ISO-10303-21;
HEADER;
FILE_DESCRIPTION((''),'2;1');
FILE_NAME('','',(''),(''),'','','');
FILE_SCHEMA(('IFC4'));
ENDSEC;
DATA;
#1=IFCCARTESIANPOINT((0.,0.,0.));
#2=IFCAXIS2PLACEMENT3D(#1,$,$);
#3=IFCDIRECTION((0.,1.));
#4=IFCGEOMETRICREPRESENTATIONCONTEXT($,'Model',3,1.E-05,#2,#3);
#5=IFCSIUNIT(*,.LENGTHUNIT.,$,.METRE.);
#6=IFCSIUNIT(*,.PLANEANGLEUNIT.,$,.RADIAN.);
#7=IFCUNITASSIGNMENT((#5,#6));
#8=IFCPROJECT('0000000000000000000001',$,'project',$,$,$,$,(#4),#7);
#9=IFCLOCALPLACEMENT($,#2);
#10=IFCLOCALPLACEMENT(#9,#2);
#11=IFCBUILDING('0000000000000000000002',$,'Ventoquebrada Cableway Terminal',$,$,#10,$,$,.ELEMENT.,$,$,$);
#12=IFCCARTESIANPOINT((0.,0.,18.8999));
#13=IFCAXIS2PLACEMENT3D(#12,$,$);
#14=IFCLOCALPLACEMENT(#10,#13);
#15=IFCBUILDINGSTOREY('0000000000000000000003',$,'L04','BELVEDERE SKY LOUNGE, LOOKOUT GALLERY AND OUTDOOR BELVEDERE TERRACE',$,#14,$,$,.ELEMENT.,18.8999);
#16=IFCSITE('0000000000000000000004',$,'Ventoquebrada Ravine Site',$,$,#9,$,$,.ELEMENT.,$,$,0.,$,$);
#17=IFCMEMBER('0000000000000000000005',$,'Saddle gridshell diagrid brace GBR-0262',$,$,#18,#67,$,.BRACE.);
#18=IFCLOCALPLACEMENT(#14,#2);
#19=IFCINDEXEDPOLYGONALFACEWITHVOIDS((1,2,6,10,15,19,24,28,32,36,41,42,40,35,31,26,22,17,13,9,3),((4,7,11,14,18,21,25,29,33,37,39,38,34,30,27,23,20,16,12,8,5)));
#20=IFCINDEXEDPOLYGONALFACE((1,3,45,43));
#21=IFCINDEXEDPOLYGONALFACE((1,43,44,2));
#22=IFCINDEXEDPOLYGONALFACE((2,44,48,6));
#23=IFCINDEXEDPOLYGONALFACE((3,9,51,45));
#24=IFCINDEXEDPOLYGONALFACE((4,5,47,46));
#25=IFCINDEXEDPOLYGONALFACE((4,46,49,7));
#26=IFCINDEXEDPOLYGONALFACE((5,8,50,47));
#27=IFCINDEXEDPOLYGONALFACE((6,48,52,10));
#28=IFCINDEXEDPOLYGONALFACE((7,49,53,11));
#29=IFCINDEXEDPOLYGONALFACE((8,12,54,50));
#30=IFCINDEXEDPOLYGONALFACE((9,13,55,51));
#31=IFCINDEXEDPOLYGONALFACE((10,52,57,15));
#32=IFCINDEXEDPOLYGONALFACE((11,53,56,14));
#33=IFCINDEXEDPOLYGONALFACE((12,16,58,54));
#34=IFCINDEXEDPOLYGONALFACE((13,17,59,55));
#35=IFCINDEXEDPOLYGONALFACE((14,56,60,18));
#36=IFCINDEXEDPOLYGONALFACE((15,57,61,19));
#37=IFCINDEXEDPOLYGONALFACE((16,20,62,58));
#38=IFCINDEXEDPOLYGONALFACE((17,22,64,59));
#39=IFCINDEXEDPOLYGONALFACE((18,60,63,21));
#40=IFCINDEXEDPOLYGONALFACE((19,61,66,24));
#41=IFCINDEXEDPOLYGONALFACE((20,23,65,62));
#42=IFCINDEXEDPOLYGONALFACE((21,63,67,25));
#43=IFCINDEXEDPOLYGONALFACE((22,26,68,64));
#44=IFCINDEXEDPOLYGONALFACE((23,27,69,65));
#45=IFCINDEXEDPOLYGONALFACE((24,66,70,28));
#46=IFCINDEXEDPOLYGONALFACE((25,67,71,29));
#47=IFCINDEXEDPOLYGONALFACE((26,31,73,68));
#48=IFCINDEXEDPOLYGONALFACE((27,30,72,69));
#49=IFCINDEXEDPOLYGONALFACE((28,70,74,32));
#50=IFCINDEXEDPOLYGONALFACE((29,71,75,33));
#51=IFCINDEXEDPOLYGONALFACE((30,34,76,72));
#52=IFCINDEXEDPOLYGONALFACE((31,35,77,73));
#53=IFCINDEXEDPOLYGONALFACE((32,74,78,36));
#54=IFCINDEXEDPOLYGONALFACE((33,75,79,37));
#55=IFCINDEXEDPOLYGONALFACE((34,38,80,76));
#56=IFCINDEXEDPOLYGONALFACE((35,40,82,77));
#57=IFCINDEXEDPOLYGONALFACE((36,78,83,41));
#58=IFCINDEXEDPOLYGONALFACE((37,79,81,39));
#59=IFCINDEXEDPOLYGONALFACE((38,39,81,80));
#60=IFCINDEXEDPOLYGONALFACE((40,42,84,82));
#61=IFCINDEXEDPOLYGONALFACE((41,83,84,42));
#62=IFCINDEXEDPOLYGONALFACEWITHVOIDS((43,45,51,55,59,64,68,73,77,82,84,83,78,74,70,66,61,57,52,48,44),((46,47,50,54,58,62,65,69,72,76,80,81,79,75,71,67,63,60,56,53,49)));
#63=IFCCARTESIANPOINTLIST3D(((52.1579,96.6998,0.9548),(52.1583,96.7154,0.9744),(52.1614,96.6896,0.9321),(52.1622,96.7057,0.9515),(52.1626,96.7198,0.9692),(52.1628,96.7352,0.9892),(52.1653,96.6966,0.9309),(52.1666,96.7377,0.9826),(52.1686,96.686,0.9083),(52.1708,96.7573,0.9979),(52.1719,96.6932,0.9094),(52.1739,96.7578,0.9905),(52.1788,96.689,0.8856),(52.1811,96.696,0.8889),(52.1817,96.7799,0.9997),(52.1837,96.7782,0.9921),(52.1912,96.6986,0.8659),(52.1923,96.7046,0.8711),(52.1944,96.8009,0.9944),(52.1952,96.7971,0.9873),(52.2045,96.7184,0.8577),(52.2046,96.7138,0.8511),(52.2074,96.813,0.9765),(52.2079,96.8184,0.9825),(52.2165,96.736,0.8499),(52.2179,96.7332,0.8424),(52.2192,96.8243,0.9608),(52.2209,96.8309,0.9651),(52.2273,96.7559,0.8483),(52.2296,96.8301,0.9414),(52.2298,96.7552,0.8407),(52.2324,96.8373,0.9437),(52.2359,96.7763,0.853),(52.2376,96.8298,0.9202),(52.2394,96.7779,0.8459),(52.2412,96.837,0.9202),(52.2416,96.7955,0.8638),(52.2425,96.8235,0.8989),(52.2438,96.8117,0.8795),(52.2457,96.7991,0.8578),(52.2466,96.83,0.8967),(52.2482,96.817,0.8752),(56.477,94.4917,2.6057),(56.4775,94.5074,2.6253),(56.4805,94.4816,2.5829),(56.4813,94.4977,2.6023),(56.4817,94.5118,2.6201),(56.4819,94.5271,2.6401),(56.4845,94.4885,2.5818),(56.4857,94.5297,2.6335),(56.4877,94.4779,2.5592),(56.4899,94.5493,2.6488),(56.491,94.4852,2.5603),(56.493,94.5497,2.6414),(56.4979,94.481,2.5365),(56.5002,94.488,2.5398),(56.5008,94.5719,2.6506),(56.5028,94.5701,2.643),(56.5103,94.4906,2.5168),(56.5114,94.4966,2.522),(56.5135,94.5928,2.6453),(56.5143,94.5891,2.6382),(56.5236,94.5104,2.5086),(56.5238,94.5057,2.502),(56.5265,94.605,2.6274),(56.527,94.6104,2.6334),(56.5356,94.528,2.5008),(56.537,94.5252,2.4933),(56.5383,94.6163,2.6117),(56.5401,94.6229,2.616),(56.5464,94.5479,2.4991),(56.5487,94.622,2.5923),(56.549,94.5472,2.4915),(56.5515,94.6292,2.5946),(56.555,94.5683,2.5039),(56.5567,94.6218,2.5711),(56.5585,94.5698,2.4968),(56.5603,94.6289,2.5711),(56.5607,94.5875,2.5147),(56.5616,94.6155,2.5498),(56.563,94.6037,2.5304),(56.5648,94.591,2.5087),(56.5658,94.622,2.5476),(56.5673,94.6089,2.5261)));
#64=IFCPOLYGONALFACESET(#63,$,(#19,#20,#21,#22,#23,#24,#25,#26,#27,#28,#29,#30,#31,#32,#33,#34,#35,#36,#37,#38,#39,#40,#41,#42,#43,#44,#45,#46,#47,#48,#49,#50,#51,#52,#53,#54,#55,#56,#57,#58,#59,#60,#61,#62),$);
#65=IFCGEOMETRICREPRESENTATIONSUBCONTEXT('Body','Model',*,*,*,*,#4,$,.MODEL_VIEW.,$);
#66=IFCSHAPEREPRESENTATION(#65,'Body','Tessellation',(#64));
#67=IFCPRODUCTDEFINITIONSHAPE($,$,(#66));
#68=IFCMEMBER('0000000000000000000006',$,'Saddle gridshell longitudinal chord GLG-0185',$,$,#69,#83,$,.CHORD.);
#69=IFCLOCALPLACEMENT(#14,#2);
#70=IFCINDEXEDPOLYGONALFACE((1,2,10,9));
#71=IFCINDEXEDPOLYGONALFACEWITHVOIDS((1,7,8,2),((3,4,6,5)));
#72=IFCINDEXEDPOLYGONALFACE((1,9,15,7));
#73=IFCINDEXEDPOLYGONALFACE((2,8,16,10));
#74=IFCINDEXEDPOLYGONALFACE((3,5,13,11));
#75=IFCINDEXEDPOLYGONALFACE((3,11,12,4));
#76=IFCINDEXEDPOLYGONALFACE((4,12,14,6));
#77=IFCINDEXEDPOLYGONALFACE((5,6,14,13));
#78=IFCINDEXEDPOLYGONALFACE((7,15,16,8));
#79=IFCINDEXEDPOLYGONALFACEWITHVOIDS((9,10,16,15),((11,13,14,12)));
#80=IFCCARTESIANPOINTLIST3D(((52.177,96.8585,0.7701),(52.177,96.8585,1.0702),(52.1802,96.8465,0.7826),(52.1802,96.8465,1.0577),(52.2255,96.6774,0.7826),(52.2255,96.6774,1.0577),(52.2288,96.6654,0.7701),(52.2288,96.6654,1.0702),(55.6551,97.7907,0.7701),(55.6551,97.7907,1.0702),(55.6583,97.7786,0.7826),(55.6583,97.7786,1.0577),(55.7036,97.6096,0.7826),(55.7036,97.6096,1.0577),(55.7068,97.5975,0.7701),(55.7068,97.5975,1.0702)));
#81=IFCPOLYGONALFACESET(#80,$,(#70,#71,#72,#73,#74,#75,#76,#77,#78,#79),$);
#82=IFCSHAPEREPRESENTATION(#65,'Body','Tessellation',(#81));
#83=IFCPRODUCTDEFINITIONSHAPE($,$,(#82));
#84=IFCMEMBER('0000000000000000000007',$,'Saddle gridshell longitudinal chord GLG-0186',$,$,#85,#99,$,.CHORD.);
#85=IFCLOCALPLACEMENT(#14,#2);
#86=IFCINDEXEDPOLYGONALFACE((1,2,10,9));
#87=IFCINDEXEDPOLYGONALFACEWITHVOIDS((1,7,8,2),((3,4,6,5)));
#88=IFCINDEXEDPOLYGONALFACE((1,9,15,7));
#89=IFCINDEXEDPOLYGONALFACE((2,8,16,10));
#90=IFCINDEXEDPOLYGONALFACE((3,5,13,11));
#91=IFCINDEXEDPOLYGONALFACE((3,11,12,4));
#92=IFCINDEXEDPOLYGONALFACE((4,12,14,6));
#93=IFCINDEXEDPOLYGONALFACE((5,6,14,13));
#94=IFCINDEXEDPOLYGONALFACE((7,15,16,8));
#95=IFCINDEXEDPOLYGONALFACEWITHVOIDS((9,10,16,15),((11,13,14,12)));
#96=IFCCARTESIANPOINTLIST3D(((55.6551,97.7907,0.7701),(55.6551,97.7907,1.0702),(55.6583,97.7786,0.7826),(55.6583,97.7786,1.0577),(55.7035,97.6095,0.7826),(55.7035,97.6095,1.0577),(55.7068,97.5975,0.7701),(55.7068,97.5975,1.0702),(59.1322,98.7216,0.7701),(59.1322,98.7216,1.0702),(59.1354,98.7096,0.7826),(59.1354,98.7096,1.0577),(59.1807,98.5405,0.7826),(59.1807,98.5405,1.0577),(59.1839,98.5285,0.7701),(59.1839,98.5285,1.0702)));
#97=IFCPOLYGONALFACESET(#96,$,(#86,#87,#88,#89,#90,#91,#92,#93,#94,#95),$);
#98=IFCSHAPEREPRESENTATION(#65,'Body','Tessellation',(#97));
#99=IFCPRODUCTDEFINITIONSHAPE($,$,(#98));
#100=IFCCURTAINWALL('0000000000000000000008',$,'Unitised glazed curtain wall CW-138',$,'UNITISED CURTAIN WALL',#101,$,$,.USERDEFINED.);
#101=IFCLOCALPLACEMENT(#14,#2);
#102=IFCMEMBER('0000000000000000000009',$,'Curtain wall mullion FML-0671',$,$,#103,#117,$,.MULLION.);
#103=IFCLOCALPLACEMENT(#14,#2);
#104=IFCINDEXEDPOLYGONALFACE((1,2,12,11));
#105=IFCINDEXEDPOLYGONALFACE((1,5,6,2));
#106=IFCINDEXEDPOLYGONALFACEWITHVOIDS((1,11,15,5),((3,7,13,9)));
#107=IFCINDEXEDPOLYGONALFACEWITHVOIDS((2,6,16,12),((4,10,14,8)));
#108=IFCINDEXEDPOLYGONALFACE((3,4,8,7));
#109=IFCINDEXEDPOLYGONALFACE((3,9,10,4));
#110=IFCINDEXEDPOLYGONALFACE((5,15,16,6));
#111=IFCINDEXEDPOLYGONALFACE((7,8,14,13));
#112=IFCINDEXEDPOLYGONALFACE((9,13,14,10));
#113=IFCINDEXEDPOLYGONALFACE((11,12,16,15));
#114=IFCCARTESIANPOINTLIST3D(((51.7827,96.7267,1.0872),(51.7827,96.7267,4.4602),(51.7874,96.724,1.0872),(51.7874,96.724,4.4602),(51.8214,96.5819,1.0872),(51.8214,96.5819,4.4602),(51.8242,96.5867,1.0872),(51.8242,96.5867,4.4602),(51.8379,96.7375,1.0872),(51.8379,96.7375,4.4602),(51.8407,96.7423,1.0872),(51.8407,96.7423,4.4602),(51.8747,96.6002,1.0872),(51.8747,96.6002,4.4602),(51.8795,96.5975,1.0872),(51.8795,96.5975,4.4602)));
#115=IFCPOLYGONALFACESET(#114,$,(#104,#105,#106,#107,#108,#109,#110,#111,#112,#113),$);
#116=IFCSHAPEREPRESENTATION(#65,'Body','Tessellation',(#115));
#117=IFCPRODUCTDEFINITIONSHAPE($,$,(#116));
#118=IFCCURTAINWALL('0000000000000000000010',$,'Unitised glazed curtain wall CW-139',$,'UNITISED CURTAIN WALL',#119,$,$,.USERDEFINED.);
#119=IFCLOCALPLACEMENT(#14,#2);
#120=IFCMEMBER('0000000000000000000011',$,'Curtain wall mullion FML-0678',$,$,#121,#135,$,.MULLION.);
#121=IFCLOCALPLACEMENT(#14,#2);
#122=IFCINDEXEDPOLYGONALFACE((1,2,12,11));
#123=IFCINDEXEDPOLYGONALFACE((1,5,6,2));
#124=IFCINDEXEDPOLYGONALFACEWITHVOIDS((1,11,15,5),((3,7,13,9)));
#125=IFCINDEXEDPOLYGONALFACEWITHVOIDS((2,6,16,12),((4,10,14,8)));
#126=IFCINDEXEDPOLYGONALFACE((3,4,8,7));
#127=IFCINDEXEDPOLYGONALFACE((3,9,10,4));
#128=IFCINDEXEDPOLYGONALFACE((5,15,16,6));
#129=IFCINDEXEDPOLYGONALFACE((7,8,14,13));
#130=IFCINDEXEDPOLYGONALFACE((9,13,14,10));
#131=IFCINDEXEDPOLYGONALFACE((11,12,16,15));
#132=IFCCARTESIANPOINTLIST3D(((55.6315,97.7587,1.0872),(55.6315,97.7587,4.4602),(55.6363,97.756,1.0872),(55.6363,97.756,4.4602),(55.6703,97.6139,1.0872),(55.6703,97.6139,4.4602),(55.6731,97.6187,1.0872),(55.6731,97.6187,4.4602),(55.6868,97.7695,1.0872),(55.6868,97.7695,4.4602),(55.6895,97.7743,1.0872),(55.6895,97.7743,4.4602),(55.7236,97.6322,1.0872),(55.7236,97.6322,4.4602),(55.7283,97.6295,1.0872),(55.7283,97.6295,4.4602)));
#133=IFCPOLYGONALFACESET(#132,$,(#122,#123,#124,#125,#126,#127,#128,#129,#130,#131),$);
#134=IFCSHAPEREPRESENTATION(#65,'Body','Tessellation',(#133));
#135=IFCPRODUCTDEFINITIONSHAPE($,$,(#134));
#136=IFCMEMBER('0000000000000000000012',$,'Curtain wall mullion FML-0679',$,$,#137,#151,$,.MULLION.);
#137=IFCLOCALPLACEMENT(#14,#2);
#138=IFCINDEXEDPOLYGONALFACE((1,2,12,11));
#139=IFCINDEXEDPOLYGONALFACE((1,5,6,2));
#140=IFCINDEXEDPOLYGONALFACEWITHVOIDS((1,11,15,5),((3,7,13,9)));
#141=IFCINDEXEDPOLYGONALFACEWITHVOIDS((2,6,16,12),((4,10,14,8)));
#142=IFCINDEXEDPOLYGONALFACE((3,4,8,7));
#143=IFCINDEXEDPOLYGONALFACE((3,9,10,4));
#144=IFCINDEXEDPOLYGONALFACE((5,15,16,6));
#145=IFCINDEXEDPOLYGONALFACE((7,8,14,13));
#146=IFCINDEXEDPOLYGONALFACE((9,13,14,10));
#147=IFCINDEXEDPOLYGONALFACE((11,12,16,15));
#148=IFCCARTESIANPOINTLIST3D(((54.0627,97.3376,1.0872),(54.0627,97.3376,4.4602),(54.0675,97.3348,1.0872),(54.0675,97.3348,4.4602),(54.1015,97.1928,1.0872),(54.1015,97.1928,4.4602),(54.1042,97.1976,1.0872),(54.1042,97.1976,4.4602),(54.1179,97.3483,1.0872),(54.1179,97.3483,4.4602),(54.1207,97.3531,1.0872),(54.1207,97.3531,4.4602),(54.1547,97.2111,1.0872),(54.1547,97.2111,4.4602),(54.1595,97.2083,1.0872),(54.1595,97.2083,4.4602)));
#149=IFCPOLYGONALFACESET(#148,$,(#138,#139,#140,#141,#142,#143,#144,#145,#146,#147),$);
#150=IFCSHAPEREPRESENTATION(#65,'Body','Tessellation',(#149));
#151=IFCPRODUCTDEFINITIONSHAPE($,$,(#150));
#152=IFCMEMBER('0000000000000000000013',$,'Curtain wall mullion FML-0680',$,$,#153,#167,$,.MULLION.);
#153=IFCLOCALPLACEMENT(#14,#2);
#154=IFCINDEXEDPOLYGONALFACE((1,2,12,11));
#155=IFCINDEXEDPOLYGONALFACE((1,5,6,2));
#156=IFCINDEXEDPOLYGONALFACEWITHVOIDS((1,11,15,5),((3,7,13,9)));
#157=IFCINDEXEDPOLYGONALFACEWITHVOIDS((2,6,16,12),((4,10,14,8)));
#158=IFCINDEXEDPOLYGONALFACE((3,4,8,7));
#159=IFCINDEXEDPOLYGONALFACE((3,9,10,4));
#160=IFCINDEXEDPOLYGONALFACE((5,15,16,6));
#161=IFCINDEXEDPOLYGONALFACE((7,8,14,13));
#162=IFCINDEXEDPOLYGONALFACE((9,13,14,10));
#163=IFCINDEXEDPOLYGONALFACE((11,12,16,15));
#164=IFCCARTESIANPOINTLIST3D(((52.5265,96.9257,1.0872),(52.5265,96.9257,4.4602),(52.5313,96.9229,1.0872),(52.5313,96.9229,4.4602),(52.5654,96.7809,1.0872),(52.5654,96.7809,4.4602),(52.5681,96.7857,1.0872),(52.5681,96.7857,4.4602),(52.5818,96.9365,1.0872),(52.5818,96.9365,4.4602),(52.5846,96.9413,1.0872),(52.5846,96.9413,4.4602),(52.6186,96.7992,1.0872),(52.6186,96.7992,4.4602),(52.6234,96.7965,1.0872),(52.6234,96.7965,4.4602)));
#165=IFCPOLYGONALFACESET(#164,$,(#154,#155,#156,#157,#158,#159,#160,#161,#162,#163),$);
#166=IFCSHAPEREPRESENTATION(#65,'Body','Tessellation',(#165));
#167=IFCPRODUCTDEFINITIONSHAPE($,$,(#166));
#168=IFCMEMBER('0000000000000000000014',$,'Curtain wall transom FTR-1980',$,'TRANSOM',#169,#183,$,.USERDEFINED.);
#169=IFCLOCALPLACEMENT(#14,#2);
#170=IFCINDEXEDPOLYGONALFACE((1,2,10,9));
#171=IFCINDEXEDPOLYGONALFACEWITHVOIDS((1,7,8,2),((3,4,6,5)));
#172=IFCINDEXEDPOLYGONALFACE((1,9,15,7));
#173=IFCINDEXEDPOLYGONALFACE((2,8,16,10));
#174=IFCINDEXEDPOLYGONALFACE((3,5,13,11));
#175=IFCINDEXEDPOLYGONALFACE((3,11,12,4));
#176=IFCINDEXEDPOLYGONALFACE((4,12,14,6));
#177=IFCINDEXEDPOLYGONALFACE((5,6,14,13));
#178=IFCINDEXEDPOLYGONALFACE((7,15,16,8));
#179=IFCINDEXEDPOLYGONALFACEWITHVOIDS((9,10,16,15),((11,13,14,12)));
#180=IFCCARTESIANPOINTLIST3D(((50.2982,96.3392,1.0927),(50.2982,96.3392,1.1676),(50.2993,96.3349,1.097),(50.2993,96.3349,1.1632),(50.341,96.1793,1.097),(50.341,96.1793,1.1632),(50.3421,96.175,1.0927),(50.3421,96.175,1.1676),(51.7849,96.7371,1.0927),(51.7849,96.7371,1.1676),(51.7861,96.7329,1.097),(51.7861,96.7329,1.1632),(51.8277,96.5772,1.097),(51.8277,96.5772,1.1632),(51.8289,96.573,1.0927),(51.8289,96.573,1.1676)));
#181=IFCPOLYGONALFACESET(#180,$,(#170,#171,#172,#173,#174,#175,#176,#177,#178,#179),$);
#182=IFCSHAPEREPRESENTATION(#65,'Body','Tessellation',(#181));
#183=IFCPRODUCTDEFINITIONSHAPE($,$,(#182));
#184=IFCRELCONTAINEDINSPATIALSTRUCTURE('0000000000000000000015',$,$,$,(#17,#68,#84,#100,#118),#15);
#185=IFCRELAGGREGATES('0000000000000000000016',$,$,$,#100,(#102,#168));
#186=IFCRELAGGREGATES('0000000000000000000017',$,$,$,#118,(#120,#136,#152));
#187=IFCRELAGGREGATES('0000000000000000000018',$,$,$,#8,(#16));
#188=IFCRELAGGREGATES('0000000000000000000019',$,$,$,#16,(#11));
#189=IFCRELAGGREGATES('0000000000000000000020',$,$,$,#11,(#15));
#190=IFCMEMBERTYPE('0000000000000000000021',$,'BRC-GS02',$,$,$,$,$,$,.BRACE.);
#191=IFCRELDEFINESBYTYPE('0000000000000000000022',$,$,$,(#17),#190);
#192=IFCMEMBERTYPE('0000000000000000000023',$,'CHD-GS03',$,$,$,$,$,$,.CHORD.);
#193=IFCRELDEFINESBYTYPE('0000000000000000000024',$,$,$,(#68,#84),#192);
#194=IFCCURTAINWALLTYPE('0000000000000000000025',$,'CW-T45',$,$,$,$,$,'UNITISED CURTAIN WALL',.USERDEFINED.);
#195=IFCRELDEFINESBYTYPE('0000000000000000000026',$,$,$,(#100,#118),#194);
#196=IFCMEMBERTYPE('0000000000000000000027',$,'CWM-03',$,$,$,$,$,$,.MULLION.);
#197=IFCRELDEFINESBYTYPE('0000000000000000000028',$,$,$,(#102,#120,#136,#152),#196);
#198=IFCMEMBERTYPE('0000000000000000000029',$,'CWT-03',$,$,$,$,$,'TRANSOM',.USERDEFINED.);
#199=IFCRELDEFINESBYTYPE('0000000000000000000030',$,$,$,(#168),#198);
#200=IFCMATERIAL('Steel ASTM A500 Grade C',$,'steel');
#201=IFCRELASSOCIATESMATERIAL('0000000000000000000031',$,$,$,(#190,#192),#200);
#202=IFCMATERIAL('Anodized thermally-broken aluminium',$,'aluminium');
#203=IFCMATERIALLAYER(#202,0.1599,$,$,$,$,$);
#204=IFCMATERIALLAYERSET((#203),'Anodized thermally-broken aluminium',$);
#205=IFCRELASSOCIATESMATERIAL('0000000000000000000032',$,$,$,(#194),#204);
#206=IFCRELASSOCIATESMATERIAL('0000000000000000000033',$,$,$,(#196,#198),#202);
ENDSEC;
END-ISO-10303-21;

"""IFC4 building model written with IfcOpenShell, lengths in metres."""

from ifc_helpers import new_model, si_unit, direction, frame, origin, origin_2d, place, context, subcontext, project, spatial, hollow_rectangle, hollow_circle, extrude, material, layer, layer_set, material_profile, profile_set, type_object, element, aggregate, save


model = new_model("IFC4")

# Units and contexts
model_context = context("Model", 3, precision=1e-05, world=origin(), true_north=direction((0.0, 1.0)))
body_context = subcontext(model_context, "Body", "Model", "MODEL_VIEW")
ifc_project = project(units=[si_unit("LENGTHUNIT", "METRE"), si_unit("PLANEANGLEUNIT", "RADIAN")], contexts=[model_context])

# Site, building, storey
site_placement = place(None, origin())
site = spatial("IfcSite", under=ifc_project, at=site_placement, Name="Ventoquebrada Ravine Site", CompositionType="ELEMENT", RefElevation=0.0)
building_placement = place(site_placement, origin())
building = spatial("IfcBuilding", under=site, at=building_placement, Name="Ventoquebrada Cableway Terminal", CompositionType="ELEMENT")
storey_placement = place(building_placement, frame((0.0, 0.0, 18.8999)))
storey = spatial("IfcBuildingStorey", under=building, at=storey_placement, Name="L04", Description="BELVEDERE SKY LOUNGE, LOOKOUT GALLERY AND OUTDOOR BELVEDERE TERRACE", CompositionType="ELEMENT", Elevation=18.8999)

# Members
ifc_material_1 = material(Name="Steel ASTM A500 Grade C", Category="steel")
ifc_material_profile_1 = material_profile(ifc_material_1, hollow_circle(Radius=0.0842, WallThickness=0.0081, at=origin_2d()), Name="CHS168.3X8")
ifc_profile_set_1 = profile_set([ifc_material_profile_1], Name="Steel ASTM A500 Grade C")
member_type_1 = type_object("IfcMemberType", Name="BRC-GS02", PredefinedType="BRACE", material=ifc_profile_set_1)
member_1_placement = place(storey_placement, frame((52.2029, 96.762, 0.9202), z_axis=(0.842916, -0.430916, 0.322186), x_axis=(0.455188, 0.890395, 0.0)))
element("IfcMember", 1, at=member_1_placement, inside=storey, type_object=member_type_1, Name="Saddle gridshell diagrid brace GBR-0262", PredefinedType="BRACE", context=body_context, shape_type="SweptSolid", body=[
    extrude(hollow_circle(Radius=0.0842, WallThickness=0.0081, at=origin_2d()), origin(), (0.0, 0.0, 1.0), 5.124),
])
ifc_material_profile_2 = material_profile(ifc_material_1, hollow_rectangle(XDim=0.2, YDim=0.3, WallThickness=0.0125, at=origin_2d()), Name="RHS300X200X12.5")
ifc_profile_set_2 = profile_set([ifc_material_profile_2], Name="Steel ASTM A500 Grade C")
member_type_2 = type_object("IfcMemberType", Name="CHD-GS03", PredefinedType="CHORD", material=ifc_profile_set_2)
member_2_placement = place(storey_placement, frame((52.2029, 96.762, 0.9202), z_axis=(0.965912, 0.258869, 0.0), x_axis=(-0.258869, 0.965912, 0.0)))
element("IfcMember", 2, at=member_2_placement, inside=storey, type_object=member_type_2, Name="Saddle gridshell longitudinal chord GLG-0185", PredefinedType="CHORD", context=body_context, shape_type="SweptSolid", body=[
    extrude(hollow_rectangle(XDim=0.2, YDim=0.3, WallThickness=0.0125, at=origin_2d()), origin(), (0.0, 0.0, 1.0), 3.6008),
])
member_3_placement = place(storey_placement, frame((55.6809, 97.6941, 0.9202), z_axis=(0.965979, 0.258621, 0.0), x_axis=(-0.258621, 0.965979, 0.0)))
element("IfcMember", 3, at=member_3_placement, inside=storey, type_object=member_type_2, Name="Saddle gridshell longitudinal chord GLG-0186", PredefinedType="CHORD", context=body_context, shape_type="SweptSolid", body=[
    extrude(hollow_rectangle(XDim=0.2, YDim=0.3, WallThickness=0.0125, at=origin_2d()), origin(), (0.0, 0.0, 1.0), 3.5996),
])

# Curtain wall, member
ifc_material_2 = material(Name="Anodized thermally-broken aluminium", Category="aluminium")
ifc_layer_1 = layer(ifc_material_2, 0.1599)
ifc_layer_set_1 = layer_set([ifc_layer_1], Name="Anodized thermally-broken aluminium")
curtain_wall_type = type_object("IfcCurtainWallType", Name="CW-T45", ElementType="UNITISED CURTAIN WALL", PredefinedType="USERDEFINED", material=ifc_layer_set_1)
curtain_wall_1_placement = place(storey_placement, origin())
curtain_wall_1 = element("IfcCurtainWall", 4, at=curtain_wall_1_placement, inside=storey, type_object=curtain_wall_type, Name="Unitised glazed curtain wall CW-138", ObjectType="UNITISED CURTAIN WALL", PredefinedType="USERDEFINED")
ifc_material_profile_3 = material_profile(ifc_material_2, hollow_rectangle(XDim=0.0601, YDim=0.1499, WallThickness=0.0039, at=origin_2d()), Name="CW-MUL-60X150")
ifc_profile_set_3 = profile_set([ifc_material_profile_3], Name="Anodized thermally-broken aluminium")
member_type_3 = type_object("IfcMemberType", Name="CWM-03", PredefinedType="MULLION", material=ifc_profile_set_3)
member_4_placement = place(storey_placement, frame((51.8311, 96.6621, 1.0872), z_axis=(0.0, 0.0, 1.0), x_axis=(-0.965935, -0.258785, 0.0)))
member_4 = element("IfcMember", 5, at=member_4_placement, type_object=member_type_3, Name="Curtain wall mullion FML-0671", PredefinedType="MULLION", context=body_context, shape_type="SweptSolid", body=[
    extrude(hollow_rectangle(XDim=0.0601, YDim=0.1499, WallThickness=0.0039, at=origin_2d()), origin(), (0.0, 0.0, 1.0), 3.373),
])

# Curtain wall, members
curtain_wall_2_placement = place(storey_placement, origin())
curtain_wall_2 = element("IfcCurtainWall", 6, at=curtain_wall_2_placement, inside=storey, type_object=curtain_wall_type, Name="Unitised glazed curtain wall CW-139", ObjectType="UNITISED CURTAIN WALL", PredefinedType="USERDEFINED")
member_5_placement = place(storey_placement, frame((55.6799, 97.6941, 1.0872), z_axis=(0.0, 0.0, 1.0), x_axis=(-0.965903, -0.258903, 0.0)))
member_5 = element("IfcMember", 7, at=member_5_placement, type_object=member_type_3, Name="Curtain wall mullion FML-0678", PredefinedType="MULLION", context=body_context, shape_type="SweptSolid", body=[
    extrude(hollow_rectangle(XDim=0.0601, YDim=0.1499, WallThickness=0.0039, at=origin_2d()), origin(), (0.0, 0.0, 1.0), 3.373),
])
member_6_placement = place(storey_placement, frame((54.1111, 97.2729, 1.0872), z_axis=(0.0, 0.0, 1.0), x_axis=(-0.965903, -0.258903, 0.0)))
member_6 = element("IfcMember", 8, at=member_6_placement, type_object=member_type_3, Name="Curtain wall mullion FML-0679", PredefinedType="MULLION", context=body_context, shape_type="SweptSolid", body=[
    extrude(hollow_rectangle(XDim=0.0601, YDim=0.1499, WallThickness=0.0039, at=origin_2d()), origin(), (0.0, 0.0, 1.0), 3.373),
])
member_7_placement = place(storey_placement, frame((52.575, 96.8611, 1.0872), z_axis=(0.0, 0.0, 1.0), x_axis=(-0.965903, -0.258903, 0.0)))
member_7 = element("IfcMember", 9, at=member_7_placement, type_object=member_type_3, Name="Curtain wall mullion FML-0680", PredefinedType="MULLION", context=body_context, shape_type="SweptSolid", body=[
    extrude(hollow_rectangle(XDim=0.0601, YDim=0.1499, WallThickness=0.0039, at=origin_2d()), origin(), (0.0, 0.0, 1.0), 3.373),
])

# Member
ifc_material_profile_4 = material_profile(ifc_material_2, hollow_rectangle(XDim=0.075, YDim=0.1699, WallThickness=0.0044, at=origin_2d()), Name="CW-TRN-75X170")
ifc_profile_set_4 = profile_set([ifc_material_profile_4], Name="Anodized thermally-broken aluminium")
member_type_4 = type_object("IfcMemberType", Name="CWT-03", ElementType="TRANSOM", PredefinedType="USERDEFINED", material=ifc_profile_set_4)
member_8_placement = place(storey_placement, frame((51.8069, 96.655, 1.1301), z_axis=(-0.965998, -0.258551, 0.0), x_axis=(0.0, 0.0, 1.0)))
member_8 = element("IfcMember", 10, at=member_8_placement, type_object=member_type_4, Name="Curtain wall transom FTR-1980", ObjectType="TRANSOM", PredefinedType="USERDEFINED", context=body_context, shape_type="SweptSolid", body=[
    extrude(hollow_rectangle(XDim=0.075, YDim=0.1699, WallThickness=0.0044, at=origin_2d()), origin(), (0.0, 0.0, 1.0), 1.5391),
])

aggregate(curtain_wall_1, [member_4, member_8])
aggregate(curtain_wall_2, [member_5, member_6, member_7])

save(model, "model.ifc")
